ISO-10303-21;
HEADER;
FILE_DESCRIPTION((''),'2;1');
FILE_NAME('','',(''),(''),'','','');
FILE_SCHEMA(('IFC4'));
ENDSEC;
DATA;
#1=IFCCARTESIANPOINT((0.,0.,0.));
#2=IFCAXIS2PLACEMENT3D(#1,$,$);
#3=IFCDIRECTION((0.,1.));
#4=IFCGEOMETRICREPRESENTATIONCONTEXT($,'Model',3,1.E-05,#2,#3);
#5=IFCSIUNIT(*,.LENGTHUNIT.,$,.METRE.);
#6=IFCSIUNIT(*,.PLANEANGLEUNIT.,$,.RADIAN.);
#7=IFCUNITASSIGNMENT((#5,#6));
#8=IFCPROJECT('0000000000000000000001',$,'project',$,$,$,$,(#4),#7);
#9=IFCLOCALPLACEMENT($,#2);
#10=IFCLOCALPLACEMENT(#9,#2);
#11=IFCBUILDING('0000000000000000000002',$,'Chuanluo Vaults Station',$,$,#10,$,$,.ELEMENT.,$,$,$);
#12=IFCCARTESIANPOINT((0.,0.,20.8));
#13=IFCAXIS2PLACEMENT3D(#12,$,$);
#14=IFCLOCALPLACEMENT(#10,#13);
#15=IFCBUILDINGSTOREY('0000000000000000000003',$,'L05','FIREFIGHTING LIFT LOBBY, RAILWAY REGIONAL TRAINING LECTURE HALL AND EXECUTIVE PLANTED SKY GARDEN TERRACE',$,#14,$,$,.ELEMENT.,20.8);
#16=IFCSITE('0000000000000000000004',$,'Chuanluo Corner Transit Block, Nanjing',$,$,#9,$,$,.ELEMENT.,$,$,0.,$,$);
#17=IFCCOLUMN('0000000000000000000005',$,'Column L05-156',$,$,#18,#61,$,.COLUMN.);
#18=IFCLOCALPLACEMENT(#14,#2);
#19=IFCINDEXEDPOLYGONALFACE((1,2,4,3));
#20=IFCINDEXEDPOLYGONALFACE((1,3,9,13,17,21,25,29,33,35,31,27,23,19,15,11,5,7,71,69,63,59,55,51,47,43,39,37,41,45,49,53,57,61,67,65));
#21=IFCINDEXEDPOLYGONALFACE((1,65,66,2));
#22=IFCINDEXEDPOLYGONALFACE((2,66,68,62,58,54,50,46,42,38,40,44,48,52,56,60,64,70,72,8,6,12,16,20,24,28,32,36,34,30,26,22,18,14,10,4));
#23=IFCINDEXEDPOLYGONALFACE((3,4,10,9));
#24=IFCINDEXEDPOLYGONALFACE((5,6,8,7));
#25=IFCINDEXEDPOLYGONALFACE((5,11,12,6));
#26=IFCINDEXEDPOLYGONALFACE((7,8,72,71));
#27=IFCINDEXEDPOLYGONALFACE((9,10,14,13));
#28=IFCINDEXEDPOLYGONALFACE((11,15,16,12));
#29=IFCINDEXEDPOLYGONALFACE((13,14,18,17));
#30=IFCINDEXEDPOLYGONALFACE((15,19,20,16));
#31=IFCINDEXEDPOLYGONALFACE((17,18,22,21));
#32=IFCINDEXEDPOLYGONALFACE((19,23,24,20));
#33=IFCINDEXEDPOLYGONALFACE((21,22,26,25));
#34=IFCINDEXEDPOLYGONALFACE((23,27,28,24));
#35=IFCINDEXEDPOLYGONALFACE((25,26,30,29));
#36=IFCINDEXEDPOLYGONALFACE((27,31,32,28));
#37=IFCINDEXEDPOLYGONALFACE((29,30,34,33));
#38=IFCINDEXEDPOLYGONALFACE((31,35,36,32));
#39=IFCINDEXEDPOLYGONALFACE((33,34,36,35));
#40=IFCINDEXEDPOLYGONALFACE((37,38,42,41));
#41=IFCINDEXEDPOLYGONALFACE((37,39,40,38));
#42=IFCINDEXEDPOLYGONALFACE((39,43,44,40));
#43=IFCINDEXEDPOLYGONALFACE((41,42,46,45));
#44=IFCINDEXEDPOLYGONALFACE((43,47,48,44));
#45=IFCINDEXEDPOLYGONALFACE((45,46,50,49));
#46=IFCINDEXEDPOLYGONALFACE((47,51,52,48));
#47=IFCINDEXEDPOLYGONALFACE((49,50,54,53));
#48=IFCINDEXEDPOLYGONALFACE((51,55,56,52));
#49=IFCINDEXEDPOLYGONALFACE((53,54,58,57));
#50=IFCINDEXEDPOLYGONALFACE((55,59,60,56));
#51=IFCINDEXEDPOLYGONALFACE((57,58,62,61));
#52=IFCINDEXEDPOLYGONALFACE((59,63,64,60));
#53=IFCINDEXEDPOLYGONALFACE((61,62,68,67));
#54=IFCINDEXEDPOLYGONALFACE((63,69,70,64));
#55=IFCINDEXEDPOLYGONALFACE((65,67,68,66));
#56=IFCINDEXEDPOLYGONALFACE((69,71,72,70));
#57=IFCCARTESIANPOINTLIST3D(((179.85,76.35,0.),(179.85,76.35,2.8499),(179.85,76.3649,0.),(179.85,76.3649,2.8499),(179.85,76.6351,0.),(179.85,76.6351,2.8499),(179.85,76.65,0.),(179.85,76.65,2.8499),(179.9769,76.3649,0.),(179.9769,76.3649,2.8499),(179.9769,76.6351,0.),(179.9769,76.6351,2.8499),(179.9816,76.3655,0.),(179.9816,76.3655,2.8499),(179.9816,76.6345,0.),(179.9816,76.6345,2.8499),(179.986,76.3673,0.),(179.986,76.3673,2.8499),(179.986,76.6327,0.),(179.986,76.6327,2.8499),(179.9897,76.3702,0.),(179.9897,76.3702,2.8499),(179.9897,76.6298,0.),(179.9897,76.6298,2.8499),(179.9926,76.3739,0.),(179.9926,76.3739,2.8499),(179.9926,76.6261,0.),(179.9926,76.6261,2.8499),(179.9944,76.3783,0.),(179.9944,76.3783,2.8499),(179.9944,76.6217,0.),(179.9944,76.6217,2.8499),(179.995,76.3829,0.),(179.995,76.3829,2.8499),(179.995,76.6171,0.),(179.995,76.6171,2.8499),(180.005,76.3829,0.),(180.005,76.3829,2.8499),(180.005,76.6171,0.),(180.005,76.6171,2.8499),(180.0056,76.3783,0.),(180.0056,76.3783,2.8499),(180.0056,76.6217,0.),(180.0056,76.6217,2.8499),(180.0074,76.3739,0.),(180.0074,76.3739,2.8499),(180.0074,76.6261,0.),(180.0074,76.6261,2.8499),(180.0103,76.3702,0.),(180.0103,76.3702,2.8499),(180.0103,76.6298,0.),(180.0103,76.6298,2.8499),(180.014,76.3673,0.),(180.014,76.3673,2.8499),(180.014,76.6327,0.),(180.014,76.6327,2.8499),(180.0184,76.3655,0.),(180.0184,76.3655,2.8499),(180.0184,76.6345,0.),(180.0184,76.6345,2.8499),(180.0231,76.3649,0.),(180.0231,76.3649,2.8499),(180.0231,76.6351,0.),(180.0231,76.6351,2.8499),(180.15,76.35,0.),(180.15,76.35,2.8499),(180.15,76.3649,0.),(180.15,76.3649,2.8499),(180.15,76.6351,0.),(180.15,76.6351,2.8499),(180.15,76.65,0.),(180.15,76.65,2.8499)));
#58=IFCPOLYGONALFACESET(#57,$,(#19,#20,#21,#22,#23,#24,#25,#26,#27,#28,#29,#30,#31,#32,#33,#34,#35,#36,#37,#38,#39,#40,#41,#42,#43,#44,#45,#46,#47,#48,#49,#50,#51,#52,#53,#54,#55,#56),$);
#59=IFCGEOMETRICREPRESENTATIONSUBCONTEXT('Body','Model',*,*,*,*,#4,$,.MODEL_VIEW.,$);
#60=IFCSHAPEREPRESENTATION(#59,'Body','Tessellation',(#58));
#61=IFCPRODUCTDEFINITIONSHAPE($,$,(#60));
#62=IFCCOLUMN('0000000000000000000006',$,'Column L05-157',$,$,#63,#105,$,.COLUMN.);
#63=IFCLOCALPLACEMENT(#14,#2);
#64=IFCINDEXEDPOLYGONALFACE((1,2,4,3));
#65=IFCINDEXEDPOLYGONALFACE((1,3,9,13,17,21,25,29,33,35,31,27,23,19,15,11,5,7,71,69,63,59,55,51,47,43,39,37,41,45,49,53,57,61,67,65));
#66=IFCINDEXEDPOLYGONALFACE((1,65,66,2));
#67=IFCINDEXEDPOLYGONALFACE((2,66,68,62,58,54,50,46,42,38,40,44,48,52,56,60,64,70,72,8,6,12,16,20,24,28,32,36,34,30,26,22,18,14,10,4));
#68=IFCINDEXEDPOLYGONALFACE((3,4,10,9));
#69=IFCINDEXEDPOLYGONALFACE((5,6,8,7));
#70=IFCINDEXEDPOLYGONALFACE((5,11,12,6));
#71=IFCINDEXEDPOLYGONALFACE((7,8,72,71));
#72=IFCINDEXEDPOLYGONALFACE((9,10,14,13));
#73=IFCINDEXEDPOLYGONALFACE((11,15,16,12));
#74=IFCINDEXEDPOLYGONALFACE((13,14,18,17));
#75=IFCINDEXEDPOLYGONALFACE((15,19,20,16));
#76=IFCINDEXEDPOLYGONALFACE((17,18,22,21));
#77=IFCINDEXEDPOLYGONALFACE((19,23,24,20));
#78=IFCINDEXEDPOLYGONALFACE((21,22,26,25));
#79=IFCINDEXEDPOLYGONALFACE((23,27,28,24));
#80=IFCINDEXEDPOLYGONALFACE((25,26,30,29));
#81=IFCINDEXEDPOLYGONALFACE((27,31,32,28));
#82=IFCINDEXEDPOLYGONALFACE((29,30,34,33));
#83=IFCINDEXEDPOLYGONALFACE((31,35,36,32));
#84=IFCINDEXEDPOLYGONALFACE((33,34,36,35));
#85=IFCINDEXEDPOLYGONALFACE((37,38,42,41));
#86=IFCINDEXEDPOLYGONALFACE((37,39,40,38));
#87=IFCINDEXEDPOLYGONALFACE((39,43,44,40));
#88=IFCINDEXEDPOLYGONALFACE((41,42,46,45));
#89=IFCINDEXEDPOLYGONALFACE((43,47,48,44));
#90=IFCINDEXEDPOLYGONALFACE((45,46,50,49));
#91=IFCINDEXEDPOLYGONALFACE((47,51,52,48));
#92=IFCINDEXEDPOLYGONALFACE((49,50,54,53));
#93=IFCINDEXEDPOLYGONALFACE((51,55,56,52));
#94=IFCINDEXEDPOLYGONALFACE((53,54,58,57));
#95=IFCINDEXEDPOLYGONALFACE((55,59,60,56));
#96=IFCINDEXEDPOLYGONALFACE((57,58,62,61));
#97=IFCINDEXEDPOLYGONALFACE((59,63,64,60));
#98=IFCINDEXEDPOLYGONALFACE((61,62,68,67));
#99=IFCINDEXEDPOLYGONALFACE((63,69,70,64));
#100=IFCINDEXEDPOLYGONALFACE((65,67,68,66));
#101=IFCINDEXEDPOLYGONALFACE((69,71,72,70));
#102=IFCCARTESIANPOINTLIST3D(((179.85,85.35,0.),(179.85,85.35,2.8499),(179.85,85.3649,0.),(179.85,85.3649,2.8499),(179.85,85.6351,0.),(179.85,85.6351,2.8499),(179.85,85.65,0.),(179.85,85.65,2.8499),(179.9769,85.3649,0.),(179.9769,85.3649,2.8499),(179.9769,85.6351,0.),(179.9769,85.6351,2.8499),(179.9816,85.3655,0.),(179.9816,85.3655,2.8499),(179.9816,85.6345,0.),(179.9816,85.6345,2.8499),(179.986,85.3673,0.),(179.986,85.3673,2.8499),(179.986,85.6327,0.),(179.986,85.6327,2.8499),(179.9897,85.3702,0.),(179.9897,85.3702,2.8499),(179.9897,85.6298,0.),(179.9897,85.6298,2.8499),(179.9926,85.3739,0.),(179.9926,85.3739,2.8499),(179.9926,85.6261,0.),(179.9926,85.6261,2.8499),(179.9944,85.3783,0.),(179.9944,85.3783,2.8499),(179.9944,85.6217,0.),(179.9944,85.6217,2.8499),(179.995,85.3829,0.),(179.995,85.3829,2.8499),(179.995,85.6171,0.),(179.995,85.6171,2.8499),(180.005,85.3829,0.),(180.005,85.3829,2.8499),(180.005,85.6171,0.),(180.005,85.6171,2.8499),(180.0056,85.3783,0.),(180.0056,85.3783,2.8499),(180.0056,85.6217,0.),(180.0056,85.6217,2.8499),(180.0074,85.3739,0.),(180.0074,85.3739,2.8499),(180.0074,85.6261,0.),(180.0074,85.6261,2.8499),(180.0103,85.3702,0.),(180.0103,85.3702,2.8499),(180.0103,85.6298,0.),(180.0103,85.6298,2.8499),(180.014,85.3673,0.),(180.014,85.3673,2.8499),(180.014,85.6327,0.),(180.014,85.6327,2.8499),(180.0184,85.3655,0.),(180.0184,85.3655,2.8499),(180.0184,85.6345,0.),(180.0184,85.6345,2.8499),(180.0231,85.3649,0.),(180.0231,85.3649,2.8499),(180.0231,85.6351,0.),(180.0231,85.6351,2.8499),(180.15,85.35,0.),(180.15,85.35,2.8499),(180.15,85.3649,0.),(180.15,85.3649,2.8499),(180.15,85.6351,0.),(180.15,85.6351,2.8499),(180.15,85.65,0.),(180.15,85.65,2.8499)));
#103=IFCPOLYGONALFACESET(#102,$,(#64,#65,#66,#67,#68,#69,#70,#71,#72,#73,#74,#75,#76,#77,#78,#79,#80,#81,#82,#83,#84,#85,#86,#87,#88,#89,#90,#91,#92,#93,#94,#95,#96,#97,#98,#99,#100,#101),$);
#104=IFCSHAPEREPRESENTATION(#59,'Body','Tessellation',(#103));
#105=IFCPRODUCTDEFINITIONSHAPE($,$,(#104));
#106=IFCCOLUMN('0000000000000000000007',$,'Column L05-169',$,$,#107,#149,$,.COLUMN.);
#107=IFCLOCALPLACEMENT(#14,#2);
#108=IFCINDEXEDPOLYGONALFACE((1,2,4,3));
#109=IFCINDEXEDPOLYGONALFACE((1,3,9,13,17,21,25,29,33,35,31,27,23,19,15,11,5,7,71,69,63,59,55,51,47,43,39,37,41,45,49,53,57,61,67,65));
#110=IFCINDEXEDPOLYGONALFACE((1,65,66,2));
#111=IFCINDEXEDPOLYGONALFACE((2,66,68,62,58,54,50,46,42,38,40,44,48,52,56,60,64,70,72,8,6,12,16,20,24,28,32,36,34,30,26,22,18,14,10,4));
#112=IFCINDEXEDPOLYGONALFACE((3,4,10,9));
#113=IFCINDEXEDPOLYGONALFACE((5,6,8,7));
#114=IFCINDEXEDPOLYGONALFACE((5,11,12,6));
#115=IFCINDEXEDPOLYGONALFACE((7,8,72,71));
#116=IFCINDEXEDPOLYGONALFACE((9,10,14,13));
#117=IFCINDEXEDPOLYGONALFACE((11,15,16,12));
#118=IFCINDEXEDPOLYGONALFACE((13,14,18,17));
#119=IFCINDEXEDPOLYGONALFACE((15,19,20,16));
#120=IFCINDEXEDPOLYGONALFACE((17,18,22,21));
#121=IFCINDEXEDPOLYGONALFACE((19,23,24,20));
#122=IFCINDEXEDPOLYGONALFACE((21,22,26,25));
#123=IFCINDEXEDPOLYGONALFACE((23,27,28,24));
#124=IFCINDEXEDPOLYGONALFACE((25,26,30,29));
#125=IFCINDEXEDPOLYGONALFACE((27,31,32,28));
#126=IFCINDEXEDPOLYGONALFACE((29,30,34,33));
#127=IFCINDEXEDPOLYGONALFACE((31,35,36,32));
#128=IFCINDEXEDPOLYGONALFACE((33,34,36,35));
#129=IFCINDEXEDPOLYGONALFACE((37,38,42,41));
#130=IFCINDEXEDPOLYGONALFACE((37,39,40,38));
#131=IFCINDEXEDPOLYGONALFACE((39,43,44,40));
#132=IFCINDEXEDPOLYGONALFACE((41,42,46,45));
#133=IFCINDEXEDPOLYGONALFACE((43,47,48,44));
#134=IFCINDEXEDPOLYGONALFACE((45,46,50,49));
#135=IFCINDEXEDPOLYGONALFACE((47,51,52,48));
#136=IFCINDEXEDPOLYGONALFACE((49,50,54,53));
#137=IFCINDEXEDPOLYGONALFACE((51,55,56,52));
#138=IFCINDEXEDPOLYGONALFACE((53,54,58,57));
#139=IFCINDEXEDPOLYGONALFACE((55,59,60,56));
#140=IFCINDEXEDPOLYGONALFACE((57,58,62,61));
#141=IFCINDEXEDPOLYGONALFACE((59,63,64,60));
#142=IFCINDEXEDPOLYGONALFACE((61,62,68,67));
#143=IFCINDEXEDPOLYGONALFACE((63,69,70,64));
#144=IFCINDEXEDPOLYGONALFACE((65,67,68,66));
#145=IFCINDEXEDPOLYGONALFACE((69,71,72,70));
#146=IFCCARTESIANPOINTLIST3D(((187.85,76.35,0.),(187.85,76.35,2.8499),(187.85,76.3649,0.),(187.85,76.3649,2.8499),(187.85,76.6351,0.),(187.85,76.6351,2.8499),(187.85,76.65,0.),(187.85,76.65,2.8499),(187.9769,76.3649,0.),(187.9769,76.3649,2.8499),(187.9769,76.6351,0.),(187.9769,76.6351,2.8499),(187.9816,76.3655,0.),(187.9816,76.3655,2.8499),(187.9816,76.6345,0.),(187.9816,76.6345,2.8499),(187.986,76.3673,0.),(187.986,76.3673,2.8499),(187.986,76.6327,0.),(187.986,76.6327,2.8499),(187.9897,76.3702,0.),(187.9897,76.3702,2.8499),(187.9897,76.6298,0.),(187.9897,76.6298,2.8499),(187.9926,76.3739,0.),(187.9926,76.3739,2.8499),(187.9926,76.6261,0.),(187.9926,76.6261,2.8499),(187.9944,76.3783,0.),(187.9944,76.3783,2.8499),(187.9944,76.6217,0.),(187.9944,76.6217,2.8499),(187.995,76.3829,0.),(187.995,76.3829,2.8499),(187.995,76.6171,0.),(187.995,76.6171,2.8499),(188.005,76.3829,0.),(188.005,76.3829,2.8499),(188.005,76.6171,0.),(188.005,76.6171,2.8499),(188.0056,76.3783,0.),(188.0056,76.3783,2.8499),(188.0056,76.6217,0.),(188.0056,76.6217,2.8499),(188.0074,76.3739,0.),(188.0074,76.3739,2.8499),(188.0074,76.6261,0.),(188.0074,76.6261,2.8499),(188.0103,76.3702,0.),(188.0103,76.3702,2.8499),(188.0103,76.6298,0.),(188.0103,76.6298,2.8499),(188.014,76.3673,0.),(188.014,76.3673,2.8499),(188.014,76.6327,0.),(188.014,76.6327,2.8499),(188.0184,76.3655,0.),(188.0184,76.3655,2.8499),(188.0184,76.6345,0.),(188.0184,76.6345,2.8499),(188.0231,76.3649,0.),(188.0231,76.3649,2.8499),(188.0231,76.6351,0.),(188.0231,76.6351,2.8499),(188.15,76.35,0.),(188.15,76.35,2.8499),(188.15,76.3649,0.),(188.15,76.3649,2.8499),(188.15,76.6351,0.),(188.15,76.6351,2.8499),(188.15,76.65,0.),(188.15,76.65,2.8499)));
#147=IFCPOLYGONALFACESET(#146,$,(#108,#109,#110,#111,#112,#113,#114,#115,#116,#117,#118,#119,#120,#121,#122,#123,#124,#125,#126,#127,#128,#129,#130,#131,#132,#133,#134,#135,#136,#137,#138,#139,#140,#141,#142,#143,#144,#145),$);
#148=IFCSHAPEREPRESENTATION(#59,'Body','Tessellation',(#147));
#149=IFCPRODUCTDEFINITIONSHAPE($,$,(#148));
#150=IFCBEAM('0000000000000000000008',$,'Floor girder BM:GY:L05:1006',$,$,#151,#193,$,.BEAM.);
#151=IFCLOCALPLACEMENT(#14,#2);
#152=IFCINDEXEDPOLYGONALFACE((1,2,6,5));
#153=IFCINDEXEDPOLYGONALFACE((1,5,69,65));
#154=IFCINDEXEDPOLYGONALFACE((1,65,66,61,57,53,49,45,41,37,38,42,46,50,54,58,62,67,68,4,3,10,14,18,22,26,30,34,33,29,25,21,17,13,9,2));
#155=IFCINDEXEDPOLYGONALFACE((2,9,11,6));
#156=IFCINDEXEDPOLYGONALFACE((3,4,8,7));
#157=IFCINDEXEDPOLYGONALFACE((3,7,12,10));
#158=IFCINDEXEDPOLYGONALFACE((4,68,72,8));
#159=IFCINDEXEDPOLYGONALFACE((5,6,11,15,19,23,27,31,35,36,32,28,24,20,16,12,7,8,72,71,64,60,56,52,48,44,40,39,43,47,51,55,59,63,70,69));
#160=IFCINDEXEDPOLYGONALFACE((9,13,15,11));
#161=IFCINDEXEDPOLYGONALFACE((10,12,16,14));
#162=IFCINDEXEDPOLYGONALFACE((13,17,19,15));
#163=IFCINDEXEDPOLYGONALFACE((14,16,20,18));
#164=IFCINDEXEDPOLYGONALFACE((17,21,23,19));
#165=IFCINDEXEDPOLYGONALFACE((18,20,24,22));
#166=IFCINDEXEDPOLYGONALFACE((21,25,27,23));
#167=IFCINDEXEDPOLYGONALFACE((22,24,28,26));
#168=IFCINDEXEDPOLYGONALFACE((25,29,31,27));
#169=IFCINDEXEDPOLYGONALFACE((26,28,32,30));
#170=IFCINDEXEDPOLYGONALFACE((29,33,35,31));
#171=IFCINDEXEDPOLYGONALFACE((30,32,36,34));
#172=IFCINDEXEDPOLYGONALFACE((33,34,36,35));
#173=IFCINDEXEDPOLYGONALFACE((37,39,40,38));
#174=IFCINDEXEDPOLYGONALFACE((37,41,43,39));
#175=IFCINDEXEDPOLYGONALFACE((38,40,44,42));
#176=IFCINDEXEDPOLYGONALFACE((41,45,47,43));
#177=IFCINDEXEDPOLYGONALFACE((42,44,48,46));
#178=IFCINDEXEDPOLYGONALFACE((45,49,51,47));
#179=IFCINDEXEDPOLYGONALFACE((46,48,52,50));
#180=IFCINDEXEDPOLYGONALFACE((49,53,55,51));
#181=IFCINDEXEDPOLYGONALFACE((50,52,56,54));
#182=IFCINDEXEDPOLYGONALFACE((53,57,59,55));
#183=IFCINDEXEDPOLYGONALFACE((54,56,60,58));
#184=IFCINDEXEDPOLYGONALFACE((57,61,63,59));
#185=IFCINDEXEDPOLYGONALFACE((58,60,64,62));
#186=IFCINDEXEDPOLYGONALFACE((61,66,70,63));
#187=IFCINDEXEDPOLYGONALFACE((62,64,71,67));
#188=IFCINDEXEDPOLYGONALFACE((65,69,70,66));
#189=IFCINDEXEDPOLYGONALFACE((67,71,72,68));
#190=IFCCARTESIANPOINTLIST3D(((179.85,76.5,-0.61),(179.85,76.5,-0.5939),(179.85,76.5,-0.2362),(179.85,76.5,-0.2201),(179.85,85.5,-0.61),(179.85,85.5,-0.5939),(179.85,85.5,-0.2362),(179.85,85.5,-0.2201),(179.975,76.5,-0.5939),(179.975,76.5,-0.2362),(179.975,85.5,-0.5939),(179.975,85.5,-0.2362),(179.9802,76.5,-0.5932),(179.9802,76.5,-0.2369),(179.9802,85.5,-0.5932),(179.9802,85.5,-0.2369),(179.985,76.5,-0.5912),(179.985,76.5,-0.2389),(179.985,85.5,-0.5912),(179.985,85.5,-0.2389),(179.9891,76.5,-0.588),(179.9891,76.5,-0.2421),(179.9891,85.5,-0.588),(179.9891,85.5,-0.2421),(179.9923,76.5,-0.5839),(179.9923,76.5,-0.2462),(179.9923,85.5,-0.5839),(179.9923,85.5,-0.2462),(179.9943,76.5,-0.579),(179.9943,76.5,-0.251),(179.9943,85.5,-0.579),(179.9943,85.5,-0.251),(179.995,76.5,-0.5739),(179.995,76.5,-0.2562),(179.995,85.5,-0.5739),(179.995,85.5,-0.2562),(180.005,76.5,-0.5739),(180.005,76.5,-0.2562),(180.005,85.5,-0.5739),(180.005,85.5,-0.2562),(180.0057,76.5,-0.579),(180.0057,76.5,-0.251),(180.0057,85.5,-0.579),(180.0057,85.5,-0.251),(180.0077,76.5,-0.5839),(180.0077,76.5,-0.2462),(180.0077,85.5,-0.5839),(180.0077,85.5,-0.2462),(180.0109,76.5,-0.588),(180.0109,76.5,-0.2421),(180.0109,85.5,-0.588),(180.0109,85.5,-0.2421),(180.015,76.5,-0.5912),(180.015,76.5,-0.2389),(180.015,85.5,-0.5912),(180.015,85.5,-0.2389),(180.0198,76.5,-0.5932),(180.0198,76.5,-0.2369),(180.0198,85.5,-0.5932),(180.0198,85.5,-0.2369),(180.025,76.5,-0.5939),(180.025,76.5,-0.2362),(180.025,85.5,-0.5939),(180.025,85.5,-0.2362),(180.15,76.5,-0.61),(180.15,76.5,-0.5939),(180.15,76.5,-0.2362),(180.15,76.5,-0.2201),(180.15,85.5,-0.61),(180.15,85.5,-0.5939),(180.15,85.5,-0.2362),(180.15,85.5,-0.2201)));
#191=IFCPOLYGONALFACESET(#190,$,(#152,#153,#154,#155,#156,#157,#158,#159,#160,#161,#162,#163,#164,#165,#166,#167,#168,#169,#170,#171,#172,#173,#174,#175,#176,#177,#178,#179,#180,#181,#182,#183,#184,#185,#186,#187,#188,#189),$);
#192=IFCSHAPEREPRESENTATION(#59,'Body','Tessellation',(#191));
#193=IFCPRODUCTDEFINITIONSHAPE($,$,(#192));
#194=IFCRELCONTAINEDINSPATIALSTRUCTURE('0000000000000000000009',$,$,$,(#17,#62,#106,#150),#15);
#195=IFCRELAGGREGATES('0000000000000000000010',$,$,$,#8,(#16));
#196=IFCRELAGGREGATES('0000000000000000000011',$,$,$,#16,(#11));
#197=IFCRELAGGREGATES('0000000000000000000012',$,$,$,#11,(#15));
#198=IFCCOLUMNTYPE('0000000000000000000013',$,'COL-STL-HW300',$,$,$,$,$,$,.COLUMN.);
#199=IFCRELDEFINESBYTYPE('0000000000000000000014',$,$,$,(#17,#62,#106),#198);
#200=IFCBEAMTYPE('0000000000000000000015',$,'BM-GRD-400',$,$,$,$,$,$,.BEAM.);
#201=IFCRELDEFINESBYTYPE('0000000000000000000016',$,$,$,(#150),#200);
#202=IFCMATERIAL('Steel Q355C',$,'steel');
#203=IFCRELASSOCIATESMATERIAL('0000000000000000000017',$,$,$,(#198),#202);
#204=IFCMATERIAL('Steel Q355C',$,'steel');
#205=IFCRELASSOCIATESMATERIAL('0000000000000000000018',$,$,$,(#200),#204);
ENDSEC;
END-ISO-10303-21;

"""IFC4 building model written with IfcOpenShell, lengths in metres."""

from ifc_helpers import new_model, si_unit, direction, frame, origin, origin_2d, place, context, subcontext, project, spatial, i_section, extrude, material, material_profile, profile_set, type_object, element, save


model = new_model("IFC4")

# Units and contexts
model_context = context("Model", 3, precision=1e-05, world=origin(), true_north=direction((0.0, 1.0)))
body_context = subcontext(model_context, "Body", "Model", "MODEL_VIEW")
ifc_project = project(units=[si_unit("LENGTHUNIT", "METRE"), si_unit("PLANEANGLEUNIT", "RADIAN")], contexts=[model_context])

# Site, building, storey
site_placement = place(None, origin())
site = spatial("IfcSite", under=ifc_project, at=site_placement, Name="Chuanluo Corner Transit Block, Nanjing", CompositionType="ELEMENT", RefElevation=0.0)
building_placement = place(site_placement, origin())
building = spatial("IfcBuilding", under=site, at=building_placement, Name="Chuanluo Vaults Station", CompositionType="ELEMENT")
storey_placement = place(building_placement, frame((0.0, 0.0, 20.8)))
storey = spatial("IfcBuildingStorey", under=building, at=storey_placement, Name="L05", Description="FIREFIGHTING LIFT LOBBY, RAILWAY REGIONAL TRAINING LECTURE HALL AND EXECUTIVE PLANTED SKY GARDEN TERRACE", CompositionType="ELEMENT", Elevation=20.8)

# Columns
ifc_material_1 = material(Name="Steel Q355C", Category="steel")
ifc_material_profile_1 = material_profile(ifc_material_1, i_section(OverallWidth=0.3, OverallDepth=0.3, WebThickness=0.01, FlangeThickness=0.0149, FilletRadius=0.0181, at=origin_2d()))
ifc_profile_set_1 = profile_set([ifc_material_profile_1], Name="Steel Q355C")
column_type = type_object("IfcColumnType", Name="COL-STL-HW300", PredefinedType="COLUMN", material=ifc_profile_set_1)
for number, where, z_axis, x_axis, name in (
    (1, (180.0, 76.5, 0.0), (0.0, 0.0, 1.0), (1.0, 0.0, 0.0), "Column L05-156"),
    (2, (180.0, 85.5, 0.0), (0.0, 0.0, 1.0), (1.0, 0.0, 0.0), "Column L05-157"),
    (3, (188.0, 76.5, 0.0), (0.0, 0.0, 1.0), (1.0, 0.0, 0.0), "Column L05-169"),
):
    element("IfcColumn", number, at=place(storey_placement, frame(where, z_axis=z_axis, x_axis=x_axis)), inside=storey, type_object=column_type, Name=name, PredefinedType="COLUMN", context=body_context, shape_type="SweptSolid", body=[
        extrude(i_section(OverallWidth=0.3, OverallDepth=0.3, WebThickness=0.01, FlangeThickness=0.0149, FilletRadius=0.0181, at=origin_2d()), origin(), (0.0, 0.0, 1.0), 2.8499),
    ])

# Beam
ifc_material_2 = material(Name="Steel Q355C", Category="steel")
ifc_material_profile_2 = material_profile(ifc_material_2, i_section(OverallWidth=0.3, OverallDepth=0.3899, WebThickness=0.01, FlangeThickness=0.0161, FilletRadius=0.02, at=origin_2d()))
ifc_profile_set_2 = profile_set([ifc_material_profile_2], Name="Steel Q355C")
beam_type_1 = type_object("IfcBeamType", Name="BM-GRD-400", PredefinedType="BEAM", material=ifc_profile_set_2)
for number, where, z_axis, x_axis, name in (
    (4, (180.0, 76.5, -0.415), (0.0, 1.0, 0.0), (-1.0, 0.0, 0.0), "Floor girder BM:GY:L05:1006"),
):
    element("IfcBeam", number, at=place(storey_placement, frame(where, z_axis=z_axis, x_axis=x_axis)), inside=storey, type_object=beam_type_1, Name=name, PredefinedType="BEAM", context=body_context, shape_type="SweptSolid", body=[
        extrude(i_section(OverallWidth=0.3, OverallDepth=0.3899, WebThickness=0.01, FlangeThickness=0.0161, FilletRadius=0.02, at=origin_2d()), origin(), (0.0, 0.0, 1.0), 9.0),
    ])

save(model, "model.ifc")
